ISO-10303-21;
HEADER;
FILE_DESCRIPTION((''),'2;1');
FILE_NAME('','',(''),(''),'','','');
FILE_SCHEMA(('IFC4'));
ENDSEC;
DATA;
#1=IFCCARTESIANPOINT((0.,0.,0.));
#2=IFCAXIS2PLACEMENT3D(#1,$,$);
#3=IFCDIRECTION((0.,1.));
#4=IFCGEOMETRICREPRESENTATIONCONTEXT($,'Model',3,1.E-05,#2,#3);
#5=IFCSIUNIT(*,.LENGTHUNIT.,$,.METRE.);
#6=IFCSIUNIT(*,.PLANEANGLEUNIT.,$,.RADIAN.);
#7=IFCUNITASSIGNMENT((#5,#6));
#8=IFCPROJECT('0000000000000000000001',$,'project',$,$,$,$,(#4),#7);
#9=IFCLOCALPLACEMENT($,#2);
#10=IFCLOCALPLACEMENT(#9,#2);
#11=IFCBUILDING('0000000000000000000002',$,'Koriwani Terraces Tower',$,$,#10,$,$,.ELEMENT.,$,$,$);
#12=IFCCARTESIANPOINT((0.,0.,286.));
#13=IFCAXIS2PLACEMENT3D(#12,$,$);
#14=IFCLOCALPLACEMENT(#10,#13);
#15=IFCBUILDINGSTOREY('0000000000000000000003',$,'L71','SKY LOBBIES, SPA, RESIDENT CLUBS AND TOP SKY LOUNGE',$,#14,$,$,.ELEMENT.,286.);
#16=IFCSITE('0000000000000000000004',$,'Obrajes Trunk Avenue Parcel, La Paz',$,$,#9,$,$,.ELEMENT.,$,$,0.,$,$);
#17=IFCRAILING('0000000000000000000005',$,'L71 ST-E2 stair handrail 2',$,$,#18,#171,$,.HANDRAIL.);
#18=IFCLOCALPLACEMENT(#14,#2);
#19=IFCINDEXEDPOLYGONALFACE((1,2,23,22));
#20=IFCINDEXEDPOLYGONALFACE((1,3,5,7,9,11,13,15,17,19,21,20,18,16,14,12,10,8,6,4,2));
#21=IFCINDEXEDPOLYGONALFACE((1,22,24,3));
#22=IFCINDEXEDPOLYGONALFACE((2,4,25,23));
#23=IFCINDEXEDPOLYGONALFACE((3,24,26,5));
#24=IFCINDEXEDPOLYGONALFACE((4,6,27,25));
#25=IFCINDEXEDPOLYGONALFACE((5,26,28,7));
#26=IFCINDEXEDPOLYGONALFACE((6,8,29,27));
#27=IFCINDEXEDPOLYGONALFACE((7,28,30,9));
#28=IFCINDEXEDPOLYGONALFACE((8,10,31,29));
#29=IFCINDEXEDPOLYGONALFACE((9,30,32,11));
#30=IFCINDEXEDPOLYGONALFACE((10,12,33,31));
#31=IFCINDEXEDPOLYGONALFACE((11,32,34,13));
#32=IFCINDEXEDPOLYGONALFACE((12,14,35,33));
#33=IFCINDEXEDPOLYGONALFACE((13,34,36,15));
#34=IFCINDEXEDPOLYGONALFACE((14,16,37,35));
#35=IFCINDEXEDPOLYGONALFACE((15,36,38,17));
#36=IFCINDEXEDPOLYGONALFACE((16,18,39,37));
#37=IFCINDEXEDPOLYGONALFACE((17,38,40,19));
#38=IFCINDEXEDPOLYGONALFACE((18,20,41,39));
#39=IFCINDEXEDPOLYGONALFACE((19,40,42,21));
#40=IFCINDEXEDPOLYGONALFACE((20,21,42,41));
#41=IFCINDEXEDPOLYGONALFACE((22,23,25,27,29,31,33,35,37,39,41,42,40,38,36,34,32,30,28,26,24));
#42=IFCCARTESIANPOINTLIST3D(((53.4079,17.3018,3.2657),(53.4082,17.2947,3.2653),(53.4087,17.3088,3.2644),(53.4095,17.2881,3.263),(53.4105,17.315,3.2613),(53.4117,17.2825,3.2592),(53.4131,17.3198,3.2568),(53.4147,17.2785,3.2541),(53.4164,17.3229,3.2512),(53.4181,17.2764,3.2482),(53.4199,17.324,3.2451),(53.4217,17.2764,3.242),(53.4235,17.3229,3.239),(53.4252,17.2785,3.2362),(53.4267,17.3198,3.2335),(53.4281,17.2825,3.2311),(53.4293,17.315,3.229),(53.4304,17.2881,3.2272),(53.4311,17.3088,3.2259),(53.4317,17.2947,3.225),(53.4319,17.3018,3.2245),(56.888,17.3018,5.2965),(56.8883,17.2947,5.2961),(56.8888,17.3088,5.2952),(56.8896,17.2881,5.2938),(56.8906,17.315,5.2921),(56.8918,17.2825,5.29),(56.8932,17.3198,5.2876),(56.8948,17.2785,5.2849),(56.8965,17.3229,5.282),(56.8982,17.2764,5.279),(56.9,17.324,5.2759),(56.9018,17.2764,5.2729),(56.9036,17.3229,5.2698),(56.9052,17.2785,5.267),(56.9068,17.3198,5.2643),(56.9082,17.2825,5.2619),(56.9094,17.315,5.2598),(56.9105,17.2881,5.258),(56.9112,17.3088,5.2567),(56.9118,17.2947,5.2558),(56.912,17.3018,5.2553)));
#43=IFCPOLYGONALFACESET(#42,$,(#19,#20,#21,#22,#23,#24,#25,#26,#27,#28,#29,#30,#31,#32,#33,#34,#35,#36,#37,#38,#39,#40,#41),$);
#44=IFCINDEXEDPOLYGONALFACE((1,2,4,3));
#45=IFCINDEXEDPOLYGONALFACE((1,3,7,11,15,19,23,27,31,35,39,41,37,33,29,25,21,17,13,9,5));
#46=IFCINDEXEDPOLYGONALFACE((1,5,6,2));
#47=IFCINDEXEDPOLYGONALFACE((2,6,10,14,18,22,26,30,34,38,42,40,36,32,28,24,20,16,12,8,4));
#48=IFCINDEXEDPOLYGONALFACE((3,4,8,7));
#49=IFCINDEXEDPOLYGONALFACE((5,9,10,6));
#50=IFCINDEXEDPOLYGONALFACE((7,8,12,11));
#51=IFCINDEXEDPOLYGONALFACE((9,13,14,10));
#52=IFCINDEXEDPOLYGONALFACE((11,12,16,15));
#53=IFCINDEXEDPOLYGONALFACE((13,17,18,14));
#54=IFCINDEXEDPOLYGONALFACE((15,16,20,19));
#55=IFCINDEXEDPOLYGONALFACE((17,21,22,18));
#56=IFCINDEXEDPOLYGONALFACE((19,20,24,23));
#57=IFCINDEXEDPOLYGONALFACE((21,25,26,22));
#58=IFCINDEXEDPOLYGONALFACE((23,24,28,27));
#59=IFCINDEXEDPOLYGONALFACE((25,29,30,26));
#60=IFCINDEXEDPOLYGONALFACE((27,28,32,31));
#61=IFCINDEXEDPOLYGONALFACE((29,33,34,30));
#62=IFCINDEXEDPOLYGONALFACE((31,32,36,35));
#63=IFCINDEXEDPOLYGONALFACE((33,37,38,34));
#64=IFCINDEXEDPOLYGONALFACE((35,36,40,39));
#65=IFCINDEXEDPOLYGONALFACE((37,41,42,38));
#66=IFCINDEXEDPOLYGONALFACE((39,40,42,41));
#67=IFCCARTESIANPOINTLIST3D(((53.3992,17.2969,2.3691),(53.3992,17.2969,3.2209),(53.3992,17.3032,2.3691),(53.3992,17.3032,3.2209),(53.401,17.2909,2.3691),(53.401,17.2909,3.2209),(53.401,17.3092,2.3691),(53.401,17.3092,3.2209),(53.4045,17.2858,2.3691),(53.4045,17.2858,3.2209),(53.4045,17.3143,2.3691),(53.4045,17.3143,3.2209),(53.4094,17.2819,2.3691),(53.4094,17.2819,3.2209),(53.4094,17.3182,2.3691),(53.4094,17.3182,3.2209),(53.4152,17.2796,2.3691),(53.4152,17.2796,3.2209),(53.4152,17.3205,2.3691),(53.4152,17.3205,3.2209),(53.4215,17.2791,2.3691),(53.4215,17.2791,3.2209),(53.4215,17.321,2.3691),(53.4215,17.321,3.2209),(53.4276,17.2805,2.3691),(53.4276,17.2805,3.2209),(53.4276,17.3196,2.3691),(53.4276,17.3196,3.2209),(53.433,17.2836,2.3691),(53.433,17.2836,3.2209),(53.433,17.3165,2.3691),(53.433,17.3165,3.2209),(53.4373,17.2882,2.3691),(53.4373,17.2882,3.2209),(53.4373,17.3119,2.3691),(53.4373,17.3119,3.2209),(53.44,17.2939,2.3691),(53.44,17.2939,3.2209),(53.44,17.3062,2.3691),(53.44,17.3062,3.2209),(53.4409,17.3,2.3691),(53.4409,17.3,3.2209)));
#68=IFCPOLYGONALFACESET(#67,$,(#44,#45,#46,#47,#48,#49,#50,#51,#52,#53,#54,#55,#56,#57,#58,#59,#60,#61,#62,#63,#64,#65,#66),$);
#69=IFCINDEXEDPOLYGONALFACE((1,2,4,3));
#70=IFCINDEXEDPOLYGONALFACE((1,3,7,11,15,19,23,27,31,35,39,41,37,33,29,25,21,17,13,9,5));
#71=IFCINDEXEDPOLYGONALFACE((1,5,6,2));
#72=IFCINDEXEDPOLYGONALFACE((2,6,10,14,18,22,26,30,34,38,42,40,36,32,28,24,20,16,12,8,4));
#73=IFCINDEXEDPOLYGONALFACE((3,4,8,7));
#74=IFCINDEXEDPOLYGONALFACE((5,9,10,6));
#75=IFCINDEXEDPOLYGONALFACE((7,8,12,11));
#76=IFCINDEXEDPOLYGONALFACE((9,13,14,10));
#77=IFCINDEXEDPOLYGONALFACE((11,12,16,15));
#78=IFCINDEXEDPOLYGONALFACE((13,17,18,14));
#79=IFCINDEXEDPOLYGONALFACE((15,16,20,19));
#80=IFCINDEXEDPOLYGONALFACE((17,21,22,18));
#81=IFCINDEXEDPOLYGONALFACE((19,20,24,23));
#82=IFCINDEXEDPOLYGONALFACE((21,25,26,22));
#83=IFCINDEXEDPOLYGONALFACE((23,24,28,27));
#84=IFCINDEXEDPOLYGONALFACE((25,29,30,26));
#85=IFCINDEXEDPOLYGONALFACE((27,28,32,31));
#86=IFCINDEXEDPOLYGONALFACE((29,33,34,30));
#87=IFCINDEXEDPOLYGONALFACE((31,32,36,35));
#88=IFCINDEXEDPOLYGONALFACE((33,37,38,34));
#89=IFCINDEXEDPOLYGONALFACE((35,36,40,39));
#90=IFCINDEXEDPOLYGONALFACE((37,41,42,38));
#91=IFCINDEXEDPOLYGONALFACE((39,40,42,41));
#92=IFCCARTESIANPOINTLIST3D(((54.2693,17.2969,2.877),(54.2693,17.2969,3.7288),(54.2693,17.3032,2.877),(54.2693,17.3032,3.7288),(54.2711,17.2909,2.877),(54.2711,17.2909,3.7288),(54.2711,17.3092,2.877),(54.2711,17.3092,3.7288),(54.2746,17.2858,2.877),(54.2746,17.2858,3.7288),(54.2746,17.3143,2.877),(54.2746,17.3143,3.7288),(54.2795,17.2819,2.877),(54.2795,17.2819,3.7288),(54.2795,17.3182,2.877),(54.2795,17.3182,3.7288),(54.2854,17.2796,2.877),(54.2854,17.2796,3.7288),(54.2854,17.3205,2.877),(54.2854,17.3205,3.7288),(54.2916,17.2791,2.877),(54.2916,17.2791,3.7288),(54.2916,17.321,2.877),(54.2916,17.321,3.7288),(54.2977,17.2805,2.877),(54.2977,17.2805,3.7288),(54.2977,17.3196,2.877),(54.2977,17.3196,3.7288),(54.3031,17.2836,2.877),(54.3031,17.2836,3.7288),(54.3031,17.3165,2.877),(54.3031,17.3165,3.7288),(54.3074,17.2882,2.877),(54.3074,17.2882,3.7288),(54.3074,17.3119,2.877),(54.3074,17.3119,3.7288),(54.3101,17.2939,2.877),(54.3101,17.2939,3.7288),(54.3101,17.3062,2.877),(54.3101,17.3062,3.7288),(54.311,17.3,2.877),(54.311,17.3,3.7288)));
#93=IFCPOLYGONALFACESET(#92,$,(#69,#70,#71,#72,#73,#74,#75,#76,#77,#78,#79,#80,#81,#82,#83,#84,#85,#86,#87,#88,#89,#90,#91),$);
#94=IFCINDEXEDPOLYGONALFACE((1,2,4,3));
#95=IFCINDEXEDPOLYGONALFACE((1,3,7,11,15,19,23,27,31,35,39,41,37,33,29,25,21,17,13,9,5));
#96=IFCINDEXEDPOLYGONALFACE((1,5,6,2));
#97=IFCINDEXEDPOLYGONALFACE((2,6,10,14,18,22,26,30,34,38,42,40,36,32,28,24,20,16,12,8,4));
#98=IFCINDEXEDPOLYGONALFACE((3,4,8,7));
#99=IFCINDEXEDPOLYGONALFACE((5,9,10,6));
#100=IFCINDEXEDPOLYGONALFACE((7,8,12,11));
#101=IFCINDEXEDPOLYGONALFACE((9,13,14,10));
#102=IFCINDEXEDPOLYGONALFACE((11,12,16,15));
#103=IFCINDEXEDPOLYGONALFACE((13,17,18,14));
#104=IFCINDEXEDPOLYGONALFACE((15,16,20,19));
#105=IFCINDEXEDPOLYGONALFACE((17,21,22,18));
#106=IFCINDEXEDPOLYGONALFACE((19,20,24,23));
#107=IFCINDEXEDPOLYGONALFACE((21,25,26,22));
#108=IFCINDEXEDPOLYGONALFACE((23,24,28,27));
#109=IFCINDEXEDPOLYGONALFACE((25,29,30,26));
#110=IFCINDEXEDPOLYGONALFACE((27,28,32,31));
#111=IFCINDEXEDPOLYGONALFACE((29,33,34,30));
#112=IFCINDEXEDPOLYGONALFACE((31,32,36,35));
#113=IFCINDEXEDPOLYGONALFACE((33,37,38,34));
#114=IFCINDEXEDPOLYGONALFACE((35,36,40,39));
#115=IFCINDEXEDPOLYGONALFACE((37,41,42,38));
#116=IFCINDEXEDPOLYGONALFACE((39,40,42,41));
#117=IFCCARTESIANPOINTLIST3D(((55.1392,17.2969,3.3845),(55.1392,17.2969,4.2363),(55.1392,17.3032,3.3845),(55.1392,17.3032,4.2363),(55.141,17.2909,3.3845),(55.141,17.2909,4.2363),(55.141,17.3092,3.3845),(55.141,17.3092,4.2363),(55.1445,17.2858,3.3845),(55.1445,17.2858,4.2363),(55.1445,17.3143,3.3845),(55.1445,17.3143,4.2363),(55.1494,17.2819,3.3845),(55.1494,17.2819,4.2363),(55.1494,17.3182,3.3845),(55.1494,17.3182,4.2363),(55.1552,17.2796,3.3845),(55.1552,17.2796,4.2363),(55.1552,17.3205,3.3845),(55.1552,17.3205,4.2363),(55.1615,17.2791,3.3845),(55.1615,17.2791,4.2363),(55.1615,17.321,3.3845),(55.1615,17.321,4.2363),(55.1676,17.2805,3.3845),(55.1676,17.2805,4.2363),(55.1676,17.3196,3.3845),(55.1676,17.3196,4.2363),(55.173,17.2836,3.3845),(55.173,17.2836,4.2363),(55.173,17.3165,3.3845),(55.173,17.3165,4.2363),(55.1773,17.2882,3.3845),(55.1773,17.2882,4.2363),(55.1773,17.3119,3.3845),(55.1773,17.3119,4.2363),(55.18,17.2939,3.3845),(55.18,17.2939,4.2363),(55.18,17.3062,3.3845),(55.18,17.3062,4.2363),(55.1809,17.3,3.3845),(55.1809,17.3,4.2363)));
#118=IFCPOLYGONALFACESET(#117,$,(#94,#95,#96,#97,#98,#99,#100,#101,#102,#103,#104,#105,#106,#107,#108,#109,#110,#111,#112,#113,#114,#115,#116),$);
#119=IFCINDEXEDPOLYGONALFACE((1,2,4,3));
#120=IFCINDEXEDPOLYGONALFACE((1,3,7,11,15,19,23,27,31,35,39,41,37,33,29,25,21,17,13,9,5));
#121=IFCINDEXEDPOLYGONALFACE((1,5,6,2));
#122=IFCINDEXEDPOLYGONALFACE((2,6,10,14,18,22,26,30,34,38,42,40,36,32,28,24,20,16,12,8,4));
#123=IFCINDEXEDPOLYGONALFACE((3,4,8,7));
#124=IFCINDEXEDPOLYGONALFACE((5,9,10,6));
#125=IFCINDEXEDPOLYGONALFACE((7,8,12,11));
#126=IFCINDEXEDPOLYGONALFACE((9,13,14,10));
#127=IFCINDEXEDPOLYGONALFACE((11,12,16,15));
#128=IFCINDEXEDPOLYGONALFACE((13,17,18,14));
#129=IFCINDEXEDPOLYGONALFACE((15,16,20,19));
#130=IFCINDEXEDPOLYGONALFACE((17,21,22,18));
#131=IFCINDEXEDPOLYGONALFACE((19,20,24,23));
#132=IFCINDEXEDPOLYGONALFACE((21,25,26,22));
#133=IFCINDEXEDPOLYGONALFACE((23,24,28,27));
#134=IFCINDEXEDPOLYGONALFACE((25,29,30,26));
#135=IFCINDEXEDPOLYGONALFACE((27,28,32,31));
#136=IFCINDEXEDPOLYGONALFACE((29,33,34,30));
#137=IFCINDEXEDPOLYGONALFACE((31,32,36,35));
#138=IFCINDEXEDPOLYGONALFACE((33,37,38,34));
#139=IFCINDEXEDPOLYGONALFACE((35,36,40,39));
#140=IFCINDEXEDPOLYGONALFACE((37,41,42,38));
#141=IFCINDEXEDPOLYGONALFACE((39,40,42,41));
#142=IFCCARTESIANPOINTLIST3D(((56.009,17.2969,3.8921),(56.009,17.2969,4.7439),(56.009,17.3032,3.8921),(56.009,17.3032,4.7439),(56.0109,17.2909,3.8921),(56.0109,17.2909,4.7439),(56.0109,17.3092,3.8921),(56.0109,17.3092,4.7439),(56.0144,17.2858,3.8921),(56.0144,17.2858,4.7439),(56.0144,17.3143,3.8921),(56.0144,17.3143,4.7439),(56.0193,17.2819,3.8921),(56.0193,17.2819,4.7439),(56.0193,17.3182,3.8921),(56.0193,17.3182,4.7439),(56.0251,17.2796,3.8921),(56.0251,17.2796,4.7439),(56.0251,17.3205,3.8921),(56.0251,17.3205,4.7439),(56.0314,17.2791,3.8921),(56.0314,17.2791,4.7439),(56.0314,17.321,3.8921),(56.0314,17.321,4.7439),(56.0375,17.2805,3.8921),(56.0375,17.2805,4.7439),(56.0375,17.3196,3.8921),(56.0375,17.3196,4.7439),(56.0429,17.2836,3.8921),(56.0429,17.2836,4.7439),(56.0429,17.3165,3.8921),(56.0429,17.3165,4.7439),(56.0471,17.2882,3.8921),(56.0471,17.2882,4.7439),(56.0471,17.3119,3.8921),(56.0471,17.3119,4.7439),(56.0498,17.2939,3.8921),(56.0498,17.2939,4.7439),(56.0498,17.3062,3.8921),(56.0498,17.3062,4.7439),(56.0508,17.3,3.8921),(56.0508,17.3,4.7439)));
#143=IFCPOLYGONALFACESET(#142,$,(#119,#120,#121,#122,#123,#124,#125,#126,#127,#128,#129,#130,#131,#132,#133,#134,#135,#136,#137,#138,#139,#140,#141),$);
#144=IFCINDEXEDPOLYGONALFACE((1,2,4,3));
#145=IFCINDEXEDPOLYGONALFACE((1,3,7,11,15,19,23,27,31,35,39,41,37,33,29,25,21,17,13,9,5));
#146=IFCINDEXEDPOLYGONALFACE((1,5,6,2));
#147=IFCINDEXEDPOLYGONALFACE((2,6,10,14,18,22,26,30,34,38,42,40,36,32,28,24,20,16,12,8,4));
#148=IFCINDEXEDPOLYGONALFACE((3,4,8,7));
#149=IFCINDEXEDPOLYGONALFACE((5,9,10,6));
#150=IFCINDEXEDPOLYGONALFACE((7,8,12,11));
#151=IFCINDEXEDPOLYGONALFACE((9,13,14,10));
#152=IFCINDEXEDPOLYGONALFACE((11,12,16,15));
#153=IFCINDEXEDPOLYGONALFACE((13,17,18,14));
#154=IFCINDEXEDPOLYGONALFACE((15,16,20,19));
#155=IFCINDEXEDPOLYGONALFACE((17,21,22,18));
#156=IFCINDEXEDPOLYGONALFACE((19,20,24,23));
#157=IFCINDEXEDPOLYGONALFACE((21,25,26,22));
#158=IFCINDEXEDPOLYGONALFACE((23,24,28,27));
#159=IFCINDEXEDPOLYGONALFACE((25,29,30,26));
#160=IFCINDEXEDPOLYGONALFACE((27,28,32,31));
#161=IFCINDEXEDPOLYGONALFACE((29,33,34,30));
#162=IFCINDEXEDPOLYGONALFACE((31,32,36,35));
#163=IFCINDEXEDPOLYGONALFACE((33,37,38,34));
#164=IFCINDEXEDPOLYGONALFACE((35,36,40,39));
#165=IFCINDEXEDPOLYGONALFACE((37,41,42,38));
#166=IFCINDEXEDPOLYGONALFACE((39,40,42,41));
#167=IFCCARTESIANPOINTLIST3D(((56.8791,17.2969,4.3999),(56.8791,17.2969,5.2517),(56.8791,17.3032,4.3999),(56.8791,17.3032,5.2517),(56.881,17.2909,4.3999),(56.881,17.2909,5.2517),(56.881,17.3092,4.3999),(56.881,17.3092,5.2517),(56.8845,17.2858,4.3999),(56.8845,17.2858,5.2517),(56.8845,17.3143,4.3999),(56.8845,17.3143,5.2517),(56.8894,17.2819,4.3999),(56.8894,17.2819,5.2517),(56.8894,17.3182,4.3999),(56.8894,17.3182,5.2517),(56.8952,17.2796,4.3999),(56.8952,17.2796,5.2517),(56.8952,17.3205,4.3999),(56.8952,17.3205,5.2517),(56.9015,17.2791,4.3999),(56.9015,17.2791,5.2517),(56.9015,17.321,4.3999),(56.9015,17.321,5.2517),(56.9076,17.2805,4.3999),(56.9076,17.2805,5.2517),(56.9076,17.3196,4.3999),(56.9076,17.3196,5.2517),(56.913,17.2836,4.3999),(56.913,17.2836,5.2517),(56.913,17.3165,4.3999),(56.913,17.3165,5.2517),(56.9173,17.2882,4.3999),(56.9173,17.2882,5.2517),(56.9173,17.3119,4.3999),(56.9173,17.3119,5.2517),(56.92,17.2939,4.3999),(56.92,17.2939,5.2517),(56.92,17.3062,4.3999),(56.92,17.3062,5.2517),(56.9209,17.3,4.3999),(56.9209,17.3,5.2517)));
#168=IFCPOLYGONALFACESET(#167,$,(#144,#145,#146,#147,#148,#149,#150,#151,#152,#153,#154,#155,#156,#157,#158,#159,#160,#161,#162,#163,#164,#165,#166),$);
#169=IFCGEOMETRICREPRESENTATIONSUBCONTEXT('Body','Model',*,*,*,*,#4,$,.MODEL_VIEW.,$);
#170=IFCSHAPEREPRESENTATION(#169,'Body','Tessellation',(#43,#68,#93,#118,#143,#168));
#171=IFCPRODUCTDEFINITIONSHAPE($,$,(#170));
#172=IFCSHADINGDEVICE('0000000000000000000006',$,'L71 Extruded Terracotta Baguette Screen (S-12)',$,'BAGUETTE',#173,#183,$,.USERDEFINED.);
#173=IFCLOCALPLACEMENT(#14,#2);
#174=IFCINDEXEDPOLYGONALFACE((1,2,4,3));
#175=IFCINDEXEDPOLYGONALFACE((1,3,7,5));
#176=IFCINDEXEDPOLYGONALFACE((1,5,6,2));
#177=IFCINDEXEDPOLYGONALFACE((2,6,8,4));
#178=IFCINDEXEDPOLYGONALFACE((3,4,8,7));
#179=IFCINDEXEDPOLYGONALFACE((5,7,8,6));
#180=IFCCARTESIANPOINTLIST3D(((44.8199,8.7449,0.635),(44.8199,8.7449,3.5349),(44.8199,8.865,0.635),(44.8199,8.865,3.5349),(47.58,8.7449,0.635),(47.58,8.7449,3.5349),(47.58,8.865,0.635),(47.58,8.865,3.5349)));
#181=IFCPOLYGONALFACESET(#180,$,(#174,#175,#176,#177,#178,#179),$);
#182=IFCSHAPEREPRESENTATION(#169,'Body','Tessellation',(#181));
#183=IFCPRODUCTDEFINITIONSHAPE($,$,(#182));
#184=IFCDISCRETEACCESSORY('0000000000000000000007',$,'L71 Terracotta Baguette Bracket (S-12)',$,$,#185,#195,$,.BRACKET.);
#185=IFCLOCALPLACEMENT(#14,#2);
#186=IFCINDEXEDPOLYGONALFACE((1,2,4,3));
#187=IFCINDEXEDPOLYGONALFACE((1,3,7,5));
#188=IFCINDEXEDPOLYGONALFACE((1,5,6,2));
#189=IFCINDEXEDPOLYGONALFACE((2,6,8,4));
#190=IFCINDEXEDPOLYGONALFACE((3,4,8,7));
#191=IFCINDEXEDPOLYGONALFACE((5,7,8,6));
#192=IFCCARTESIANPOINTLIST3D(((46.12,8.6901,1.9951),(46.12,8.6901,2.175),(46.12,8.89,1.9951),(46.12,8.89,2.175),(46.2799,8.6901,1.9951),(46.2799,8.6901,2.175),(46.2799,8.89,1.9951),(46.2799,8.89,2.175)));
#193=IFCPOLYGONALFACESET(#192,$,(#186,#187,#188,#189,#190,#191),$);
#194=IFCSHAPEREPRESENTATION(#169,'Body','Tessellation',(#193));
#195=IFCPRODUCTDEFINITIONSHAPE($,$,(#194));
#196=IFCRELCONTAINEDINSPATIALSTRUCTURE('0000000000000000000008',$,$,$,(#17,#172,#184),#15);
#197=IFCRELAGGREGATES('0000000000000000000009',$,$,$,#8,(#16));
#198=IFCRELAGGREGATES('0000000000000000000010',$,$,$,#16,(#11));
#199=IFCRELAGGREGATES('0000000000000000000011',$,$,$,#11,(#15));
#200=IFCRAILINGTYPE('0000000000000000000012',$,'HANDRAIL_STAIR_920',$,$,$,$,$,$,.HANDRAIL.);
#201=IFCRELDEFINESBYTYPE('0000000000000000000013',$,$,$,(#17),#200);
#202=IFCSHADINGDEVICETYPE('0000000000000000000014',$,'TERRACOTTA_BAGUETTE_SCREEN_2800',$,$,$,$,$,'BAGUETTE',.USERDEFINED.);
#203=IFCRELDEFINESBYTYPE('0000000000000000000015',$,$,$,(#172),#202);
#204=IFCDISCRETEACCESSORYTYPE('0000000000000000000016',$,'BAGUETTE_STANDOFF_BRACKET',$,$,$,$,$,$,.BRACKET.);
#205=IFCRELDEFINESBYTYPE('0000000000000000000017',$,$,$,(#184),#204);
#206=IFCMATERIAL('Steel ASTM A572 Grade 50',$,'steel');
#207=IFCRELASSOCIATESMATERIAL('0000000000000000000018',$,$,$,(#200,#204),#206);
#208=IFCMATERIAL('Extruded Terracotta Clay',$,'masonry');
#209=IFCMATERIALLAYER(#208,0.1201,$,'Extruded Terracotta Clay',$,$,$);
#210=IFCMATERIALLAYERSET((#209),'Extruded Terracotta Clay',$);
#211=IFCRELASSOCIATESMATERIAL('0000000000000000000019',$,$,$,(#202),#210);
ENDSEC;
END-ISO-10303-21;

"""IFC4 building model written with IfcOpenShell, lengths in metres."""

from ifc_helpers import new_model, si_unit, direction, frame, origin, origin_2d, place, context, subcontext, project, spatial, rectangle, circle, extrude, material, layer, layer_set, type_object, element, save


model = new_model("IFC4")

# Units and contexts
model_context = context("Model", 3, precision=1e-05, world=origin(), true_north=direction((0.0, 1.0)))
body_context = subcontext(model_context, "Body", "Model", "MODEL_VIEW")
ifc_project = project(units=[si_unit("LENGTHUNIT", "METRE"), si_unit("PLANEANGLEUNIT", "RADIAN")], contexts=[model_context])

# Site, building, storey
site_placement = place(None, origin())
site = spatial("IfcSite", under=ifc_project, at=site_placement, Name="Obrajes Trunk Avenue Parcel, La Paz", CompositionType="ELEMENT", RefElevation=0.0)
building_placement = place(site_placement, origin())
building = spatial("IfcBuilding", under=site, at=building_placement, Name="Koriwani Terraces Tower", CompositionType="ELEMENT")
storey_placement = place(building_placement, frame((0.0, 0.0, 286.0)))
storey = spatial("IfcBuildingStorey", under=building, at=storey_placement, Name="L71", Description="SKY LOBBIES, SPA, RESIDENT CLUBS AND TOP SKY LOUNGE", CompositionType="ELEMENT", Elevation=286.0)

# Railing
ifc_material_1 = material(Name="Steel ASTM A572 Grade 50", Category="steel")
railing_type_1 = type_object("IfcRailingType", Name="HANDRAIL_STAIR_920", PredefinedType="HANDRAIL", material=ifc_material_1)
railing_1_placement = place(storey_placement, frame((53.4199, 17.3, 2.3691)))
element("IfcRailing", 1, at=railing_1_placement, inside=storey, type_object=railing_type_1, Name="L71 ST-E2 stair handrail 2", PredefinedType="HANDRAIL", context=body_context, shape_type="SweptSolid", body=[
    extrude(circle(Radius=0.0239, at=origin_2d()), frame((0.0, 0.0, 0.876), z_axis=(0.863695, 0.0, 0.504014), x_axis=(0.0, 1.0, 0.0)), (0.0, 0.0, 1.0), 4.0293),
    extrude(circle(Radius=0.021, at=origin_2d()), origin(), (0.0, 0.0, 1.0), 0.8518),
    extrude(circle(Radius=0.021, at=origin_2d()), frame((0.8701, 0.0, 0.5078)), (0.0, 0.0, 1.0), 0.8518),
    extrude(circle(Radius=0.021, at=origin_2d()), frame((1.74, 0.0, 1.0154)), (0.0, 0.0, 1.0), 0.8518),
    extrude(circle(Radius=0.021, at=origin_2d()), frame((2.6099, 0.0, 1.5229)), (0.0, 0.0, 1.0), 0.8518),
    extrude(circle(Radius=0.021, at=origin_2d()), frame((3.48, 0.0, 2.0308)), (0.0, 0.0, 1.0), 0.8518),
])

# Shading device
ifc_material_2 = material(Name="Extruded Terracotta Clay", Category="masonry")
ifc_layer_1 = layer(ifc_material_2, 0.1201, Name="Extruded Terracotta Clay")
ifc_layer_set_1 = layer_set([ifc_layer_1], Name="Extruded Terracotta Clay")
shading_device_type = type_object("IfcShadingDeviceType", Name="TERRACOTTA_BAGUETTE_SCREEN_2800", ElementType="BAGUETTE", PredefinedType="USERDEFINED", material=ifc_layer_set_1)
shading_device_placement = place(storey_placement, frame((46.2, 8.8049, 0.635), z_axis=(0.0, 0.0, 1.0), x_axis=(-1.0, 0.0, 0.0)))
element("IfcShadingDevice", 2, at=shading_device_placement, inside=storey, type_object=shading_device_type, Name="L71 Extruded Terracotta Baguette Screen (S-12)", ObjectType="BAGUETTE", PredefinedType="USERDEFINED", context=body_context, shape_type="SweptSolid", body=[
    extrude(rectangle(XDim=2.76, YDim=0.1201, at=origin_2d()), origin(), (0.0, 0.0, 1.0), 2.8999),
])

# Discrete accessory
discrete_accessory_type = type_object("IfcDiscreteAccessoryType", Name="BAGUETTE_STANDOFF_BRACKET", PredefinedType="BRACKET", material=ifc_material_1)
discrete_accessory_placement = place(storey_placement, frame((46.2, 8.79, 1.9951), z_axis=(0.0, 0.0, 1.0), x_axis=(-1.0, 0.0, 0.0)))
element("IfcDiscreteAccessory", 3, at=discrete_accessory_placement, inside=storey, type_object=discrete_accessory_type, Name="L71 Terracotta Baguette Bracket (S-12)", PredefinedType="BRACKET", context=body_context, shape_type="SweptSolid", body=[
    extrude(rectangle(XDim=0.1599, YDim=0.2, at=origin_2d()), origin(), (0.0, 0.0, 1.0), 0.1799),
])

save(model, "model.ifc")
